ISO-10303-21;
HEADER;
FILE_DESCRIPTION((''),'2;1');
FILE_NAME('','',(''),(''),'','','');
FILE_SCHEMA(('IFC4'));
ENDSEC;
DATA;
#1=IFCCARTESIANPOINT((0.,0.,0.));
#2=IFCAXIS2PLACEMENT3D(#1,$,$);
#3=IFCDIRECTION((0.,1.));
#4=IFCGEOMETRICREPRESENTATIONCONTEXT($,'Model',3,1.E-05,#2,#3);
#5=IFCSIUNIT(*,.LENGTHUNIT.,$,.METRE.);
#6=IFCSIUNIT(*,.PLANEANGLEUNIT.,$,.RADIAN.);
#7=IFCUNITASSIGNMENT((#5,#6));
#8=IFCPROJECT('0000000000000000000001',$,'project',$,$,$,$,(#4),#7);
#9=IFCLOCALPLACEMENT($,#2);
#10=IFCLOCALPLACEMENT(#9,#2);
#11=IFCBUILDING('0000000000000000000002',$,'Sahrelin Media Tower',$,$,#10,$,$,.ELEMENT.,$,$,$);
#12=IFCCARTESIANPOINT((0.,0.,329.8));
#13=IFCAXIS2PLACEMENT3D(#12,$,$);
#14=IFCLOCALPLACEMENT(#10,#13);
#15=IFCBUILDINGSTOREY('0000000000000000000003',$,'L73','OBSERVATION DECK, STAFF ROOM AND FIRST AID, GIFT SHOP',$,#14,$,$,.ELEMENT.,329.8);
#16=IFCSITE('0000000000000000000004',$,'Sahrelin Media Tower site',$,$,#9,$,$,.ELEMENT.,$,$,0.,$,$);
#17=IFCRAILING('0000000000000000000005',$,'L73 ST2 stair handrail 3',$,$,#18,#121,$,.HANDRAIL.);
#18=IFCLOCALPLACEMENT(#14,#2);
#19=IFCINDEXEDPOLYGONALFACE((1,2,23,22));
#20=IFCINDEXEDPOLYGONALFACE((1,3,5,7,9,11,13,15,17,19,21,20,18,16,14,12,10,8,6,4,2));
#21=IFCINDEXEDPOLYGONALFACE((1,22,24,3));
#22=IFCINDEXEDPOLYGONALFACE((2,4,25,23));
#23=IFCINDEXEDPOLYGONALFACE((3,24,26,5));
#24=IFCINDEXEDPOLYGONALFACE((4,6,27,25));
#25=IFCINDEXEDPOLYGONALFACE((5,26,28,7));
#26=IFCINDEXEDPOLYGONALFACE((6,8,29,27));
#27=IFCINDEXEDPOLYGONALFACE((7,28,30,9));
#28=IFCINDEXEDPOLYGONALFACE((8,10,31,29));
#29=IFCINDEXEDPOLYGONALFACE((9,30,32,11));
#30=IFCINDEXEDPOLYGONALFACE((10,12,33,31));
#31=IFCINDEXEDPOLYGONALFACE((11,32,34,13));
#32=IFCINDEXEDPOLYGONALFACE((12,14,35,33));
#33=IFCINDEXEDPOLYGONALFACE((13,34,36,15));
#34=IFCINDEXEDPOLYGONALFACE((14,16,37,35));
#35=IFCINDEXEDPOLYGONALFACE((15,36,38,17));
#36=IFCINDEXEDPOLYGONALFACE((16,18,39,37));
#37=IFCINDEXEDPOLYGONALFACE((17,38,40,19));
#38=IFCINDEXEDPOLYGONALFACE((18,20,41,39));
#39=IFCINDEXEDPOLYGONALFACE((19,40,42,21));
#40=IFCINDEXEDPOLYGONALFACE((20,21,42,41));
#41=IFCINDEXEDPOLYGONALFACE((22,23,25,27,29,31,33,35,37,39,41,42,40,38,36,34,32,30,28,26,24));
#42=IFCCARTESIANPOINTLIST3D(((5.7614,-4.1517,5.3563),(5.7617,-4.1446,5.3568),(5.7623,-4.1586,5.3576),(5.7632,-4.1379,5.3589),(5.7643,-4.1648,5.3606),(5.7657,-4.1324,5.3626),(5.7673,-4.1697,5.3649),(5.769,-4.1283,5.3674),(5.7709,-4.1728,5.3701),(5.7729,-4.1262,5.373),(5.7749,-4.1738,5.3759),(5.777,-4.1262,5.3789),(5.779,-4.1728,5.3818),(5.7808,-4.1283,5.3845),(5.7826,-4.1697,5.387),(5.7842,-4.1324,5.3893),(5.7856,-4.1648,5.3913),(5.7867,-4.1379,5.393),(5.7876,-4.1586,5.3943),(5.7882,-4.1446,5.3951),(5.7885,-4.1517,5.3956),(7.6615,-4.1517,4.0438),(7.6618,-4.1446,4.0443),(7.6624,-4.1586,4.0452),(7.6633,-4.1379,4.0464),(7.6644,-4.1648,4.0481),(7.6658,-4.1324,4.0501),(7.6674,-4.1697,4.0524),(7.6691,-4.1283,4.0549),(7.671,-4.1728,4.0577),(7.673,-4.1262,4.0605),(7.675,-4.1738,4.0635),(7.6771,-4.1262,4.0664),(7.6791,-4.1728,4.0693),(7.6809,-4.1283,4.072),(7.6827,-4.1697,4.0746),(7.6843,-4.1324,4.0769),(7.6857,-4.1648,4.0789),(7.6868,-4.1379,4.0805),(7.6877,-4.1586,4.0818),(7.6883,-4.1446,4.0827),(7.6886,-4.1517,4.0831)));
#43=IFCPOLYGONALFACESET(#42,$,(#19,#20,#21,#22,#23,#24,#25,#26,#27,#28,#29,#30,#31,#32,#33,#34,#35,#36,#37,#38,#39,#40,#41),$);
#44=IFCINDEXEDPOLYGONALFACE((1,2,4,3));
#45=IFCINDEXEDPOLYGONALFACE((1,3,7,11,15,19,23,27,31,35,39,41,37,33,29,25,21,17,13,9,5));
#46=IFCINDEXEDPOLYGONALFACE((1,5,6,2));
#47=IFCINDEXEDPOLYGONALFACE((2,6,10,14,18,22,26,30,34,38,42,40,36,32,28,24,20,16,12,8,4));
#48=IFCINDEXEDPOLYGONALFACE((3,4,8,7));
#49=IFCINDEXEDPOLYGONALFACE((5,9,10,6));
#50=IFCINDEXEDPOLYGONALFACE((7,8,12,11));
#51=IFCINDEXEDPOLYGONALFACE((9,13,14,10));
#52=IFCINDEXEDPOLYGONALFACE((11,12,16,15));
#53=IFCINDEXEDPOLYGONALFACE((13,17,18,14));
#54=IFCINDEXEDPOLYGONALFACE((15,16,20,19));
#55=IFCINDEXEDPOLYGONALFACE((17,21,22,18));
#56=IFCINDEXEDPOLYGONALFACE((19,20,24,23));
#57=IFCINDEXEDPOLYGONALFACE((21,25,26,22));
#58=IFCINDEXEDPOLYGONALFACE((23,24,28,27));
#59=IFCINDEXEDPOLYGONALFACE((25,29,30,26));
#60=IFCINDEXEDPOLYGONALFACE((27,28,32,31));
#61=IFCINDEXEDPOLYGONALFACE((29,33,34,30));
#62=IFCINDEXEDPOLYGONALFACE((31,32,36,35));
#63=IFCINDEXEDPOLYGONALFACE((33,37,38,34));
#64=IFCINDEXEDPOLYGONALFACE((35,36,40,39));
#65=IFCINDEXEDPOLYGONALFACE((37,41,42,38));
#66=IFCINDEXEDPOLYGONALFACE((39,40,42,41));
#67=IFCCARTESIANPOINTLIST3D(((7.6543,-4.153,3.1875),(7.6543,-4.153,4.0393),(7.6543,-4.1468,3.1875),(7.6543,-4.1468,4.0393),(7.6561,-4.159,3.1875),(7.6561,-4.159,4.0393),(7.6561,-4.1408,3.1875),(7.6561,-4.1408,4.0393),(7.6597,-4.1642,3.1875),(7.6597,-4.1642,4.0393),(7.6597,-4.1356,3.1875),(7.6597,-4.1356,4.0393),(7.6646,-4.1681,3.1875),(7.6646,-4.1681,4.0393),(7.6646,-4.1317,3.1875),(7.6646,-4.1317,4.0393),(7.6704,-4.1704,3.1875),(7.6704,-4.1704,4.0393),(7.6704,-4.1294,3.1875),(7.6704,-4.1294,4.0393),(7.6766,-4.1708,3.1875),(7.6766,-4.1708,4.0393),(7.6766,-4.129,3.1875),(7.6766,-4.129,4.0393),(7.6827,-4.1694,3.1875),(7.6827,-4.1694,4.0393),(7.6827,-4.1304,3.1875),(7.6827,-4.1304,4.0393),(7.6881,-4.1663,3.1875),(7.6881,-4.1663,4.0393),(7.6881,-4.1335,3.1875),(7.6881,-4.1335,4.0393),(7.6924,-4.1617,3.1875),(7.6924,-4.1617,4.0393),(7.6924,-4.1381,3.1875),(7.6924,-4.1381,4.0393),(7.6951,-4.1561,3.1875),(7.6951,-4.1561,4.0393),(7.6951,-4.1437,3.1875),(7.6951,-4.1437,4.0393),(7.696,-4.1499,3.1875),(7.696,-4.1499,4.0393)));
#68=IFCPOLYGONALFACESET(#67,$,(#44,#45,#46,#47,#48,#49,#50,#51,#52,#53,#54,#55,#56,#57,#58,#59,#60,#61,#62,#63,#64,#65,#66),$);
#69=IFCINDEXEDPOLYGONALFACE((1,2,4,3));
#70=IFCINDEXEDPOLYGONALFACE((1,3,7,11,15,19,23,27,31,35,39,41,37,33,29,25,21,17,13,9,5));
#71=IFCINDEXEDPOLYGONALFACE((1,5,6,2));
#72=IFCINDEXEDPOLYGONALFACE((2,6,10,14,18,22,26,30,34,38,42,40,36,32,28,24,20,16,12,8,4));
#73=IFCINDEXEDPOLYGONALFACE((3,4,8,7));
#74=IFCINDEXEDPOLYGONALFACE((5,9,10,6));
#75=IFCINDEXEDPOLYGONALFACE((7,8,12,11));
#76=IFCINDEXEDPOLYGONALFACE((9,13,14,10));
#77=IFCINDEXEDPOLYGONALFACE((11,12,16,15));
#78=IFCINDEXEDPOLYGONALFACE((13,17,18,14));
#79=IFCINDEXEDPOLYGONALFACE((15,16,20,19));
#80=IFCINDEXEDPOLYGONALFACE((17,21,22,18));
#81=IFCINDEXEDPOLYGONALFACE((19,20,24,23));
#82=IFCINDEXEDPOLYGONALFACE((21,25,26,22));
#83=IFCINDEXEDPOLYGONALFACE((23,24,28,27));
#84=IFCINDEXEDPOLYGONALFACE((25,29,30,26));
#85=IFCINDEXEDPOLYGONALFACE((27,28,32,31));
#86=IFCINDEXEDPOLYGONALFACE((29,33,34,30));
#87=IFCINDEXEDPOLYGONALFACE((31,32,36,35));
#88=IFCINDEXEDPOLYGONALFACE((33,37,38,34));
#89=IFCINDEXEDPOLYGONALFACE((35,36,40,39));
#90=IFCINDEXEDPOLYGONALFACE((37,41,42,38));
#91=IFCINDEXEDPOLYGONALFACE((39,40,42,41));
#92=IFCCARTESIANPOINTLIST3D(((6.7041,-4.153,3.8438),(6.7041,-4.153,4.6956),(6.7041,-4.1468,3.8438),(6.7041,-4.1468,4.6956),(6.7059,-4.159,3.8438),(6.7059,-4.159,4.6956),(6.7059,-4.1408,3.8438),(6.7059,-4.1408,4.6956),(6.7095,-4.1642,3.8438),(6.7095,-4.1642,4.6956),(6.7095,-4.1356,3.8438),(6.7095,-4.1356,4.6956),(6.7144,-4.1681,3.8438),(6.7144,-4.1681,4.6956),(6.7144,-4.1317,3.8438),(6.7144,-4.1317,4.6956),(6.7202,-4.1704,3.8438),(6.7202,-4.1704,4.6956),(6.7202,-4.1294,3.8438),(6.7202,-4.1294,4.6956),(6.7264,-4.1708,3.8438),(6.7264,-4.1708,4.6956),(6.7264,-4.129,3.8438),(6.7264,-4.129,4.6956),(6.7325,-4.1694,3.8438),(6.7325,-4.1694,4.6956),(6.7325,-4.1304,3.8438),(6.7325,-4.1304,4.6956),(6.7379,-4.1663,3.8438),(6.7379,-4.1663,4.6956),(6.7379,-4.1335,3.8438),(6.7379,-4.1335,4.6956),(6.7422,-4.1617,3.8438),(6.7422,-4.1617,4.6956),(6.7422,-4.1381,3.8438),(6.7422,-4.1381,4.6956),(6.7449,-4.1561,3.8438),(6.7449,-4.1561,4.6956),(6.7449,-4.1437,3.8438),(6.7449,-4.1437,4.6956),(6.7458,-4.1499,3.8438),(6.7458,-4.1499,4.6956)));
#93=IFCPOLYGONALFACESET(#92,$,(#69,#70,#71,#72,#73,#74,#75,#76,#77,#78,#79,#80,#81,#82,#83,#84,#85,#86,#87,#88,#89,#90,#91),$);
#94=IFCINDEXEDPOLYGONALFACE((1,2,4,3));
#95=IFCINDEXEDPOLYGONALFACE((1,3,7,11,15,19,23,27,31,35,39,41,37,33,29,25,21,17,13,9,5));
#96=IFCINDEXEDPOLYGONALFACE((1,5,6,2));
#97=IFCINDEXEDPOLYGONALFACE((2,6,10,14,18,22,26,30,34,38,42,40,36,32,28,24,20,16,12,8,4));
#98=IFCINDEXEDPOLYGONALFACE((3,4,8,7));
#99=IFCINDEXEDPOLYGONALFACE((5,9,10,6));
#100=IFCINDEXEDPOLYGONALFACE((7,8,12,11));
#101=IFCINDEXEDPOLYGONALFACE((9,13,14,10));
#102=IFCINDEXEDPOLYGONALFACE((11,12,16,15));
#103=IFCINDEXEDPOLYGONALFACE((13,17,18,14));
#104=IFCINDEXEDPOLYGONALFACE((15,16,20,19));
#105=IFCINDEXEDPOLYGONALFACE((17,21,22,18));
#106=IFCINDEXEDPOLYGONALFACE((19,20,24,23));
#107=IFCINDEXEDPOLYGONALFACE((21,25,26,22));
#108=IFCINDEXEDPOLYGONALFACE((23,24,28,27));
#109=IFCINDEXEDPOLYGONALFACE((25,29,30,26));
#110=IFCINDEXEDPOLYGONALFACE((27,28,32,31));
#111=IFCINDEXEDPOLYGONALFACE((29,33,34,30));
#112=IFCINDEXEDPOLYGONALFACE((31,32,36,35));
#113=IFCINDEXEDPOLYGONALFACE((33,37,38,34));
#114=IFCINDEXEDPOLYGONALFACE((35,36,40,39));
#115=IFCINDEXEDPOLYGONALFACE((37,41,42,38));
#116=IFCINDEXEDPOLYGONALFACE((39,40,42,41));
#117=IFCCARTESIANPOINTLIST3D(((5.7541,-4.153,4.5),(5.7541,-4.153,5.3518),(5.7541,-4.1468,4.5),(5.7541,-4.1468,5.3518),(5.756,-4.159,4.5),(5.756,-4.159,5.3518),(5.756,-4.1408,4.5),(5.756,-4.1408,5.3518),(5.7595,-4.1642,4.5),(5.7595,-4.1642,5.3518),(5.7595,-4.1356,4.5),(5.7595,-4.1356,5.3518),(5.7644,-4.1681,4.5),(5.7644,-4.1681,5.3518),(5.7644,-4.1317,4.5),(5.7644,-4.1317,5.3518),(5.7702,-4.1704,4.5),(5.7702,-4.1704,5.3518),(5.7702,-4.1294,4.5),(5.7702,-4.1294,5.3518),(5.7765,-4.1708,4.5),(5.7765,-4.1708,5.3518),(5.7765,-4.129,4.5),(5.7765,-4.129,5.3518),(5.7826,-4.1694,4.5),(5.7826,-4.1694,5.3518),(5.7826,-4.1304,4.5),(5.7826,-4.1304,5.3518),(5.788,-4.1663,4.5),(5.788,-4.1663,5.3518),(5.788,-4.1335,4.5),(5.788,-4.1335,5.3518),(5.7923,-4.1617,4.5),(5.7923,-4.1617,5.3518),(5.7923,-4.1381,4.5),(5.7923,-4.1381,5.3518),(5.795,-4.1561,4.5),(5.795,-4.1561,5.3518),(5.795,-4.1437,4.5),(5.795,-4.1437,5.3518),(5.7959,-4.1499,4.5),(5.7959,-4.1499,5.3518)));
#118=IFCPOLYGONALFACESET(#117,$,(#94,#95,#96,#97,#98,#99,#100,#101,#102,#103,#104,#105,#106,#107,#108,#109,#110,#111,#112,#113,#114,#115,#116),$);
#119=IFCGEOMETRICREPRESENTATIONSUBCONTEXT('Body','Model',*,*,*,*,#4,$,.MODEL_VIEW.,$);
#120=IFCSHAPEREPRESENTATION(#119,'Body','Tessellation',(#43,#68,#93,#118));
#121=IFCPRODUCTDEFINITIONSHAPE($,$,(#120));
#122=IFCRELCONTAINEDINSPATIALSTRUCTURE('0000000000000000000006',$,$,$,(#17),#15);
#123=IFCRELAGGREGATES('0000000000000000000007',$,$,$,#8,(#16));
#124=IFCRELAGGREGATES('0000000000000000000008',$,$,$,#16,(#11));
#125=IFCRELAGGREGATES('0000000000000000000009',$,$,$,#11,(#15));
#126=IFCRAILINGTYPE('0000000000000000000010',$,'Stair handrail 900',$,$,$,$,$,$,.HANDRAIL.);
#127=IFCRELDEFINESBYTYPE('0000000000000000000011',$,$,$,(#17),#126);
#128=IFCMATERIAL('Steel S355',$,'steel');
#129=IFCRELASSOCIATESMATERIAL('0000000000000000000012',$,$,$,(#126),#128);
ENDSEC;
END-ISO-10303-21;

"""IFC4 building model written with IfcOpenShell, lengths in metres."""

from ifc_helpers import new_model, si_unit, direction, frame, origin, origin_2d, place, context, subcontext, project, spatial, circle, extrude, material, type_object, element, save


model = new_model("IFC4")

# Units and contexts
model_context = context("Model", 3, precision=1e-05, world=origin(), true_north=direction((0.0, 1.0)))
body_context = subcontext(model_context, "Body", "Model", "MODEL_VIEW")
ifc_project = project(units=[si_unit("LENGTHUNIT", "METRE"), si_unit("PLANEANGLEUNIT", "RADIAN")], contexts=[model_context])

# Site, building, storey
site_placement = place(None, origin())
site = spatial("IfcSite", under=ifc_project, at=site_placement, Name="Sahrelin Media Tower site", CompositionType="ELEMENT", RefElevation=0.0)
building_placement = place(site_placement, origin())
building = spatial("IfcBuilding", under=site, at=building_placement, Name="Sahrelin Media Tower", CompositionType="ELEMENT")
storey_placement = place(building_placement, frame((0.0, 0.0, 329.8)))
storey = spatial("IfcBuildingStorey", under=building, at=storey_placement, Name="L73", Description="OBSERVATION DECK, STAFF ROOM AND FIRST AID, GIFT SHOP", CompositionType="ELEMENT", Elevation=329.8)

# Shared definitions
ifc_material_1 = material(Name="Steel S355", Category="steel")

# Railing
railing_type_1 = type_object("IfcRailingType", Name="Stair handrail 900", PredefinedType="HANDRAIL", material=ifc_material_1)
railing_1_placement = place(storey_placement, frame((7.675, -4.1499, 3.1875)))
element("IfcRailing", 1, at=railing_1_placement, inside=storey, type_object=railing_type_1, Name="L73 ST2 stair handrail 3", PredefinedType="HANDRAIL", context=body_context, shape_type="SweptSolid", body=[
    extrude(circle(Radius=0.0239, at=origin_2d()), frame((0.0, 0.0, 0.876), z_axis=(-0.822797, 0.0, 0.568336), x_axis=(0.0, -1.0, 0.0)), (0.0, 0.0, 1.0), 2.3093),
    extrude(circle(Radius=0.021, at=origin_2d()), origin(), (0.0, 0.0, 1.0), 0.8518),
    extrude(circle(Radius=0.021, at=origin_2d()), frame((-0.9502, 0.0, 0.6562)), (0.0, 0.0, 1.0), 0.8518),
    extrude(circle(Radius=0.021, at=origin_2d()), frame((-1.9001, 0.0, 1.3125)), (0.0, 0.0, 1.0), 0.8518),
])

save(model, "model.ifc")
